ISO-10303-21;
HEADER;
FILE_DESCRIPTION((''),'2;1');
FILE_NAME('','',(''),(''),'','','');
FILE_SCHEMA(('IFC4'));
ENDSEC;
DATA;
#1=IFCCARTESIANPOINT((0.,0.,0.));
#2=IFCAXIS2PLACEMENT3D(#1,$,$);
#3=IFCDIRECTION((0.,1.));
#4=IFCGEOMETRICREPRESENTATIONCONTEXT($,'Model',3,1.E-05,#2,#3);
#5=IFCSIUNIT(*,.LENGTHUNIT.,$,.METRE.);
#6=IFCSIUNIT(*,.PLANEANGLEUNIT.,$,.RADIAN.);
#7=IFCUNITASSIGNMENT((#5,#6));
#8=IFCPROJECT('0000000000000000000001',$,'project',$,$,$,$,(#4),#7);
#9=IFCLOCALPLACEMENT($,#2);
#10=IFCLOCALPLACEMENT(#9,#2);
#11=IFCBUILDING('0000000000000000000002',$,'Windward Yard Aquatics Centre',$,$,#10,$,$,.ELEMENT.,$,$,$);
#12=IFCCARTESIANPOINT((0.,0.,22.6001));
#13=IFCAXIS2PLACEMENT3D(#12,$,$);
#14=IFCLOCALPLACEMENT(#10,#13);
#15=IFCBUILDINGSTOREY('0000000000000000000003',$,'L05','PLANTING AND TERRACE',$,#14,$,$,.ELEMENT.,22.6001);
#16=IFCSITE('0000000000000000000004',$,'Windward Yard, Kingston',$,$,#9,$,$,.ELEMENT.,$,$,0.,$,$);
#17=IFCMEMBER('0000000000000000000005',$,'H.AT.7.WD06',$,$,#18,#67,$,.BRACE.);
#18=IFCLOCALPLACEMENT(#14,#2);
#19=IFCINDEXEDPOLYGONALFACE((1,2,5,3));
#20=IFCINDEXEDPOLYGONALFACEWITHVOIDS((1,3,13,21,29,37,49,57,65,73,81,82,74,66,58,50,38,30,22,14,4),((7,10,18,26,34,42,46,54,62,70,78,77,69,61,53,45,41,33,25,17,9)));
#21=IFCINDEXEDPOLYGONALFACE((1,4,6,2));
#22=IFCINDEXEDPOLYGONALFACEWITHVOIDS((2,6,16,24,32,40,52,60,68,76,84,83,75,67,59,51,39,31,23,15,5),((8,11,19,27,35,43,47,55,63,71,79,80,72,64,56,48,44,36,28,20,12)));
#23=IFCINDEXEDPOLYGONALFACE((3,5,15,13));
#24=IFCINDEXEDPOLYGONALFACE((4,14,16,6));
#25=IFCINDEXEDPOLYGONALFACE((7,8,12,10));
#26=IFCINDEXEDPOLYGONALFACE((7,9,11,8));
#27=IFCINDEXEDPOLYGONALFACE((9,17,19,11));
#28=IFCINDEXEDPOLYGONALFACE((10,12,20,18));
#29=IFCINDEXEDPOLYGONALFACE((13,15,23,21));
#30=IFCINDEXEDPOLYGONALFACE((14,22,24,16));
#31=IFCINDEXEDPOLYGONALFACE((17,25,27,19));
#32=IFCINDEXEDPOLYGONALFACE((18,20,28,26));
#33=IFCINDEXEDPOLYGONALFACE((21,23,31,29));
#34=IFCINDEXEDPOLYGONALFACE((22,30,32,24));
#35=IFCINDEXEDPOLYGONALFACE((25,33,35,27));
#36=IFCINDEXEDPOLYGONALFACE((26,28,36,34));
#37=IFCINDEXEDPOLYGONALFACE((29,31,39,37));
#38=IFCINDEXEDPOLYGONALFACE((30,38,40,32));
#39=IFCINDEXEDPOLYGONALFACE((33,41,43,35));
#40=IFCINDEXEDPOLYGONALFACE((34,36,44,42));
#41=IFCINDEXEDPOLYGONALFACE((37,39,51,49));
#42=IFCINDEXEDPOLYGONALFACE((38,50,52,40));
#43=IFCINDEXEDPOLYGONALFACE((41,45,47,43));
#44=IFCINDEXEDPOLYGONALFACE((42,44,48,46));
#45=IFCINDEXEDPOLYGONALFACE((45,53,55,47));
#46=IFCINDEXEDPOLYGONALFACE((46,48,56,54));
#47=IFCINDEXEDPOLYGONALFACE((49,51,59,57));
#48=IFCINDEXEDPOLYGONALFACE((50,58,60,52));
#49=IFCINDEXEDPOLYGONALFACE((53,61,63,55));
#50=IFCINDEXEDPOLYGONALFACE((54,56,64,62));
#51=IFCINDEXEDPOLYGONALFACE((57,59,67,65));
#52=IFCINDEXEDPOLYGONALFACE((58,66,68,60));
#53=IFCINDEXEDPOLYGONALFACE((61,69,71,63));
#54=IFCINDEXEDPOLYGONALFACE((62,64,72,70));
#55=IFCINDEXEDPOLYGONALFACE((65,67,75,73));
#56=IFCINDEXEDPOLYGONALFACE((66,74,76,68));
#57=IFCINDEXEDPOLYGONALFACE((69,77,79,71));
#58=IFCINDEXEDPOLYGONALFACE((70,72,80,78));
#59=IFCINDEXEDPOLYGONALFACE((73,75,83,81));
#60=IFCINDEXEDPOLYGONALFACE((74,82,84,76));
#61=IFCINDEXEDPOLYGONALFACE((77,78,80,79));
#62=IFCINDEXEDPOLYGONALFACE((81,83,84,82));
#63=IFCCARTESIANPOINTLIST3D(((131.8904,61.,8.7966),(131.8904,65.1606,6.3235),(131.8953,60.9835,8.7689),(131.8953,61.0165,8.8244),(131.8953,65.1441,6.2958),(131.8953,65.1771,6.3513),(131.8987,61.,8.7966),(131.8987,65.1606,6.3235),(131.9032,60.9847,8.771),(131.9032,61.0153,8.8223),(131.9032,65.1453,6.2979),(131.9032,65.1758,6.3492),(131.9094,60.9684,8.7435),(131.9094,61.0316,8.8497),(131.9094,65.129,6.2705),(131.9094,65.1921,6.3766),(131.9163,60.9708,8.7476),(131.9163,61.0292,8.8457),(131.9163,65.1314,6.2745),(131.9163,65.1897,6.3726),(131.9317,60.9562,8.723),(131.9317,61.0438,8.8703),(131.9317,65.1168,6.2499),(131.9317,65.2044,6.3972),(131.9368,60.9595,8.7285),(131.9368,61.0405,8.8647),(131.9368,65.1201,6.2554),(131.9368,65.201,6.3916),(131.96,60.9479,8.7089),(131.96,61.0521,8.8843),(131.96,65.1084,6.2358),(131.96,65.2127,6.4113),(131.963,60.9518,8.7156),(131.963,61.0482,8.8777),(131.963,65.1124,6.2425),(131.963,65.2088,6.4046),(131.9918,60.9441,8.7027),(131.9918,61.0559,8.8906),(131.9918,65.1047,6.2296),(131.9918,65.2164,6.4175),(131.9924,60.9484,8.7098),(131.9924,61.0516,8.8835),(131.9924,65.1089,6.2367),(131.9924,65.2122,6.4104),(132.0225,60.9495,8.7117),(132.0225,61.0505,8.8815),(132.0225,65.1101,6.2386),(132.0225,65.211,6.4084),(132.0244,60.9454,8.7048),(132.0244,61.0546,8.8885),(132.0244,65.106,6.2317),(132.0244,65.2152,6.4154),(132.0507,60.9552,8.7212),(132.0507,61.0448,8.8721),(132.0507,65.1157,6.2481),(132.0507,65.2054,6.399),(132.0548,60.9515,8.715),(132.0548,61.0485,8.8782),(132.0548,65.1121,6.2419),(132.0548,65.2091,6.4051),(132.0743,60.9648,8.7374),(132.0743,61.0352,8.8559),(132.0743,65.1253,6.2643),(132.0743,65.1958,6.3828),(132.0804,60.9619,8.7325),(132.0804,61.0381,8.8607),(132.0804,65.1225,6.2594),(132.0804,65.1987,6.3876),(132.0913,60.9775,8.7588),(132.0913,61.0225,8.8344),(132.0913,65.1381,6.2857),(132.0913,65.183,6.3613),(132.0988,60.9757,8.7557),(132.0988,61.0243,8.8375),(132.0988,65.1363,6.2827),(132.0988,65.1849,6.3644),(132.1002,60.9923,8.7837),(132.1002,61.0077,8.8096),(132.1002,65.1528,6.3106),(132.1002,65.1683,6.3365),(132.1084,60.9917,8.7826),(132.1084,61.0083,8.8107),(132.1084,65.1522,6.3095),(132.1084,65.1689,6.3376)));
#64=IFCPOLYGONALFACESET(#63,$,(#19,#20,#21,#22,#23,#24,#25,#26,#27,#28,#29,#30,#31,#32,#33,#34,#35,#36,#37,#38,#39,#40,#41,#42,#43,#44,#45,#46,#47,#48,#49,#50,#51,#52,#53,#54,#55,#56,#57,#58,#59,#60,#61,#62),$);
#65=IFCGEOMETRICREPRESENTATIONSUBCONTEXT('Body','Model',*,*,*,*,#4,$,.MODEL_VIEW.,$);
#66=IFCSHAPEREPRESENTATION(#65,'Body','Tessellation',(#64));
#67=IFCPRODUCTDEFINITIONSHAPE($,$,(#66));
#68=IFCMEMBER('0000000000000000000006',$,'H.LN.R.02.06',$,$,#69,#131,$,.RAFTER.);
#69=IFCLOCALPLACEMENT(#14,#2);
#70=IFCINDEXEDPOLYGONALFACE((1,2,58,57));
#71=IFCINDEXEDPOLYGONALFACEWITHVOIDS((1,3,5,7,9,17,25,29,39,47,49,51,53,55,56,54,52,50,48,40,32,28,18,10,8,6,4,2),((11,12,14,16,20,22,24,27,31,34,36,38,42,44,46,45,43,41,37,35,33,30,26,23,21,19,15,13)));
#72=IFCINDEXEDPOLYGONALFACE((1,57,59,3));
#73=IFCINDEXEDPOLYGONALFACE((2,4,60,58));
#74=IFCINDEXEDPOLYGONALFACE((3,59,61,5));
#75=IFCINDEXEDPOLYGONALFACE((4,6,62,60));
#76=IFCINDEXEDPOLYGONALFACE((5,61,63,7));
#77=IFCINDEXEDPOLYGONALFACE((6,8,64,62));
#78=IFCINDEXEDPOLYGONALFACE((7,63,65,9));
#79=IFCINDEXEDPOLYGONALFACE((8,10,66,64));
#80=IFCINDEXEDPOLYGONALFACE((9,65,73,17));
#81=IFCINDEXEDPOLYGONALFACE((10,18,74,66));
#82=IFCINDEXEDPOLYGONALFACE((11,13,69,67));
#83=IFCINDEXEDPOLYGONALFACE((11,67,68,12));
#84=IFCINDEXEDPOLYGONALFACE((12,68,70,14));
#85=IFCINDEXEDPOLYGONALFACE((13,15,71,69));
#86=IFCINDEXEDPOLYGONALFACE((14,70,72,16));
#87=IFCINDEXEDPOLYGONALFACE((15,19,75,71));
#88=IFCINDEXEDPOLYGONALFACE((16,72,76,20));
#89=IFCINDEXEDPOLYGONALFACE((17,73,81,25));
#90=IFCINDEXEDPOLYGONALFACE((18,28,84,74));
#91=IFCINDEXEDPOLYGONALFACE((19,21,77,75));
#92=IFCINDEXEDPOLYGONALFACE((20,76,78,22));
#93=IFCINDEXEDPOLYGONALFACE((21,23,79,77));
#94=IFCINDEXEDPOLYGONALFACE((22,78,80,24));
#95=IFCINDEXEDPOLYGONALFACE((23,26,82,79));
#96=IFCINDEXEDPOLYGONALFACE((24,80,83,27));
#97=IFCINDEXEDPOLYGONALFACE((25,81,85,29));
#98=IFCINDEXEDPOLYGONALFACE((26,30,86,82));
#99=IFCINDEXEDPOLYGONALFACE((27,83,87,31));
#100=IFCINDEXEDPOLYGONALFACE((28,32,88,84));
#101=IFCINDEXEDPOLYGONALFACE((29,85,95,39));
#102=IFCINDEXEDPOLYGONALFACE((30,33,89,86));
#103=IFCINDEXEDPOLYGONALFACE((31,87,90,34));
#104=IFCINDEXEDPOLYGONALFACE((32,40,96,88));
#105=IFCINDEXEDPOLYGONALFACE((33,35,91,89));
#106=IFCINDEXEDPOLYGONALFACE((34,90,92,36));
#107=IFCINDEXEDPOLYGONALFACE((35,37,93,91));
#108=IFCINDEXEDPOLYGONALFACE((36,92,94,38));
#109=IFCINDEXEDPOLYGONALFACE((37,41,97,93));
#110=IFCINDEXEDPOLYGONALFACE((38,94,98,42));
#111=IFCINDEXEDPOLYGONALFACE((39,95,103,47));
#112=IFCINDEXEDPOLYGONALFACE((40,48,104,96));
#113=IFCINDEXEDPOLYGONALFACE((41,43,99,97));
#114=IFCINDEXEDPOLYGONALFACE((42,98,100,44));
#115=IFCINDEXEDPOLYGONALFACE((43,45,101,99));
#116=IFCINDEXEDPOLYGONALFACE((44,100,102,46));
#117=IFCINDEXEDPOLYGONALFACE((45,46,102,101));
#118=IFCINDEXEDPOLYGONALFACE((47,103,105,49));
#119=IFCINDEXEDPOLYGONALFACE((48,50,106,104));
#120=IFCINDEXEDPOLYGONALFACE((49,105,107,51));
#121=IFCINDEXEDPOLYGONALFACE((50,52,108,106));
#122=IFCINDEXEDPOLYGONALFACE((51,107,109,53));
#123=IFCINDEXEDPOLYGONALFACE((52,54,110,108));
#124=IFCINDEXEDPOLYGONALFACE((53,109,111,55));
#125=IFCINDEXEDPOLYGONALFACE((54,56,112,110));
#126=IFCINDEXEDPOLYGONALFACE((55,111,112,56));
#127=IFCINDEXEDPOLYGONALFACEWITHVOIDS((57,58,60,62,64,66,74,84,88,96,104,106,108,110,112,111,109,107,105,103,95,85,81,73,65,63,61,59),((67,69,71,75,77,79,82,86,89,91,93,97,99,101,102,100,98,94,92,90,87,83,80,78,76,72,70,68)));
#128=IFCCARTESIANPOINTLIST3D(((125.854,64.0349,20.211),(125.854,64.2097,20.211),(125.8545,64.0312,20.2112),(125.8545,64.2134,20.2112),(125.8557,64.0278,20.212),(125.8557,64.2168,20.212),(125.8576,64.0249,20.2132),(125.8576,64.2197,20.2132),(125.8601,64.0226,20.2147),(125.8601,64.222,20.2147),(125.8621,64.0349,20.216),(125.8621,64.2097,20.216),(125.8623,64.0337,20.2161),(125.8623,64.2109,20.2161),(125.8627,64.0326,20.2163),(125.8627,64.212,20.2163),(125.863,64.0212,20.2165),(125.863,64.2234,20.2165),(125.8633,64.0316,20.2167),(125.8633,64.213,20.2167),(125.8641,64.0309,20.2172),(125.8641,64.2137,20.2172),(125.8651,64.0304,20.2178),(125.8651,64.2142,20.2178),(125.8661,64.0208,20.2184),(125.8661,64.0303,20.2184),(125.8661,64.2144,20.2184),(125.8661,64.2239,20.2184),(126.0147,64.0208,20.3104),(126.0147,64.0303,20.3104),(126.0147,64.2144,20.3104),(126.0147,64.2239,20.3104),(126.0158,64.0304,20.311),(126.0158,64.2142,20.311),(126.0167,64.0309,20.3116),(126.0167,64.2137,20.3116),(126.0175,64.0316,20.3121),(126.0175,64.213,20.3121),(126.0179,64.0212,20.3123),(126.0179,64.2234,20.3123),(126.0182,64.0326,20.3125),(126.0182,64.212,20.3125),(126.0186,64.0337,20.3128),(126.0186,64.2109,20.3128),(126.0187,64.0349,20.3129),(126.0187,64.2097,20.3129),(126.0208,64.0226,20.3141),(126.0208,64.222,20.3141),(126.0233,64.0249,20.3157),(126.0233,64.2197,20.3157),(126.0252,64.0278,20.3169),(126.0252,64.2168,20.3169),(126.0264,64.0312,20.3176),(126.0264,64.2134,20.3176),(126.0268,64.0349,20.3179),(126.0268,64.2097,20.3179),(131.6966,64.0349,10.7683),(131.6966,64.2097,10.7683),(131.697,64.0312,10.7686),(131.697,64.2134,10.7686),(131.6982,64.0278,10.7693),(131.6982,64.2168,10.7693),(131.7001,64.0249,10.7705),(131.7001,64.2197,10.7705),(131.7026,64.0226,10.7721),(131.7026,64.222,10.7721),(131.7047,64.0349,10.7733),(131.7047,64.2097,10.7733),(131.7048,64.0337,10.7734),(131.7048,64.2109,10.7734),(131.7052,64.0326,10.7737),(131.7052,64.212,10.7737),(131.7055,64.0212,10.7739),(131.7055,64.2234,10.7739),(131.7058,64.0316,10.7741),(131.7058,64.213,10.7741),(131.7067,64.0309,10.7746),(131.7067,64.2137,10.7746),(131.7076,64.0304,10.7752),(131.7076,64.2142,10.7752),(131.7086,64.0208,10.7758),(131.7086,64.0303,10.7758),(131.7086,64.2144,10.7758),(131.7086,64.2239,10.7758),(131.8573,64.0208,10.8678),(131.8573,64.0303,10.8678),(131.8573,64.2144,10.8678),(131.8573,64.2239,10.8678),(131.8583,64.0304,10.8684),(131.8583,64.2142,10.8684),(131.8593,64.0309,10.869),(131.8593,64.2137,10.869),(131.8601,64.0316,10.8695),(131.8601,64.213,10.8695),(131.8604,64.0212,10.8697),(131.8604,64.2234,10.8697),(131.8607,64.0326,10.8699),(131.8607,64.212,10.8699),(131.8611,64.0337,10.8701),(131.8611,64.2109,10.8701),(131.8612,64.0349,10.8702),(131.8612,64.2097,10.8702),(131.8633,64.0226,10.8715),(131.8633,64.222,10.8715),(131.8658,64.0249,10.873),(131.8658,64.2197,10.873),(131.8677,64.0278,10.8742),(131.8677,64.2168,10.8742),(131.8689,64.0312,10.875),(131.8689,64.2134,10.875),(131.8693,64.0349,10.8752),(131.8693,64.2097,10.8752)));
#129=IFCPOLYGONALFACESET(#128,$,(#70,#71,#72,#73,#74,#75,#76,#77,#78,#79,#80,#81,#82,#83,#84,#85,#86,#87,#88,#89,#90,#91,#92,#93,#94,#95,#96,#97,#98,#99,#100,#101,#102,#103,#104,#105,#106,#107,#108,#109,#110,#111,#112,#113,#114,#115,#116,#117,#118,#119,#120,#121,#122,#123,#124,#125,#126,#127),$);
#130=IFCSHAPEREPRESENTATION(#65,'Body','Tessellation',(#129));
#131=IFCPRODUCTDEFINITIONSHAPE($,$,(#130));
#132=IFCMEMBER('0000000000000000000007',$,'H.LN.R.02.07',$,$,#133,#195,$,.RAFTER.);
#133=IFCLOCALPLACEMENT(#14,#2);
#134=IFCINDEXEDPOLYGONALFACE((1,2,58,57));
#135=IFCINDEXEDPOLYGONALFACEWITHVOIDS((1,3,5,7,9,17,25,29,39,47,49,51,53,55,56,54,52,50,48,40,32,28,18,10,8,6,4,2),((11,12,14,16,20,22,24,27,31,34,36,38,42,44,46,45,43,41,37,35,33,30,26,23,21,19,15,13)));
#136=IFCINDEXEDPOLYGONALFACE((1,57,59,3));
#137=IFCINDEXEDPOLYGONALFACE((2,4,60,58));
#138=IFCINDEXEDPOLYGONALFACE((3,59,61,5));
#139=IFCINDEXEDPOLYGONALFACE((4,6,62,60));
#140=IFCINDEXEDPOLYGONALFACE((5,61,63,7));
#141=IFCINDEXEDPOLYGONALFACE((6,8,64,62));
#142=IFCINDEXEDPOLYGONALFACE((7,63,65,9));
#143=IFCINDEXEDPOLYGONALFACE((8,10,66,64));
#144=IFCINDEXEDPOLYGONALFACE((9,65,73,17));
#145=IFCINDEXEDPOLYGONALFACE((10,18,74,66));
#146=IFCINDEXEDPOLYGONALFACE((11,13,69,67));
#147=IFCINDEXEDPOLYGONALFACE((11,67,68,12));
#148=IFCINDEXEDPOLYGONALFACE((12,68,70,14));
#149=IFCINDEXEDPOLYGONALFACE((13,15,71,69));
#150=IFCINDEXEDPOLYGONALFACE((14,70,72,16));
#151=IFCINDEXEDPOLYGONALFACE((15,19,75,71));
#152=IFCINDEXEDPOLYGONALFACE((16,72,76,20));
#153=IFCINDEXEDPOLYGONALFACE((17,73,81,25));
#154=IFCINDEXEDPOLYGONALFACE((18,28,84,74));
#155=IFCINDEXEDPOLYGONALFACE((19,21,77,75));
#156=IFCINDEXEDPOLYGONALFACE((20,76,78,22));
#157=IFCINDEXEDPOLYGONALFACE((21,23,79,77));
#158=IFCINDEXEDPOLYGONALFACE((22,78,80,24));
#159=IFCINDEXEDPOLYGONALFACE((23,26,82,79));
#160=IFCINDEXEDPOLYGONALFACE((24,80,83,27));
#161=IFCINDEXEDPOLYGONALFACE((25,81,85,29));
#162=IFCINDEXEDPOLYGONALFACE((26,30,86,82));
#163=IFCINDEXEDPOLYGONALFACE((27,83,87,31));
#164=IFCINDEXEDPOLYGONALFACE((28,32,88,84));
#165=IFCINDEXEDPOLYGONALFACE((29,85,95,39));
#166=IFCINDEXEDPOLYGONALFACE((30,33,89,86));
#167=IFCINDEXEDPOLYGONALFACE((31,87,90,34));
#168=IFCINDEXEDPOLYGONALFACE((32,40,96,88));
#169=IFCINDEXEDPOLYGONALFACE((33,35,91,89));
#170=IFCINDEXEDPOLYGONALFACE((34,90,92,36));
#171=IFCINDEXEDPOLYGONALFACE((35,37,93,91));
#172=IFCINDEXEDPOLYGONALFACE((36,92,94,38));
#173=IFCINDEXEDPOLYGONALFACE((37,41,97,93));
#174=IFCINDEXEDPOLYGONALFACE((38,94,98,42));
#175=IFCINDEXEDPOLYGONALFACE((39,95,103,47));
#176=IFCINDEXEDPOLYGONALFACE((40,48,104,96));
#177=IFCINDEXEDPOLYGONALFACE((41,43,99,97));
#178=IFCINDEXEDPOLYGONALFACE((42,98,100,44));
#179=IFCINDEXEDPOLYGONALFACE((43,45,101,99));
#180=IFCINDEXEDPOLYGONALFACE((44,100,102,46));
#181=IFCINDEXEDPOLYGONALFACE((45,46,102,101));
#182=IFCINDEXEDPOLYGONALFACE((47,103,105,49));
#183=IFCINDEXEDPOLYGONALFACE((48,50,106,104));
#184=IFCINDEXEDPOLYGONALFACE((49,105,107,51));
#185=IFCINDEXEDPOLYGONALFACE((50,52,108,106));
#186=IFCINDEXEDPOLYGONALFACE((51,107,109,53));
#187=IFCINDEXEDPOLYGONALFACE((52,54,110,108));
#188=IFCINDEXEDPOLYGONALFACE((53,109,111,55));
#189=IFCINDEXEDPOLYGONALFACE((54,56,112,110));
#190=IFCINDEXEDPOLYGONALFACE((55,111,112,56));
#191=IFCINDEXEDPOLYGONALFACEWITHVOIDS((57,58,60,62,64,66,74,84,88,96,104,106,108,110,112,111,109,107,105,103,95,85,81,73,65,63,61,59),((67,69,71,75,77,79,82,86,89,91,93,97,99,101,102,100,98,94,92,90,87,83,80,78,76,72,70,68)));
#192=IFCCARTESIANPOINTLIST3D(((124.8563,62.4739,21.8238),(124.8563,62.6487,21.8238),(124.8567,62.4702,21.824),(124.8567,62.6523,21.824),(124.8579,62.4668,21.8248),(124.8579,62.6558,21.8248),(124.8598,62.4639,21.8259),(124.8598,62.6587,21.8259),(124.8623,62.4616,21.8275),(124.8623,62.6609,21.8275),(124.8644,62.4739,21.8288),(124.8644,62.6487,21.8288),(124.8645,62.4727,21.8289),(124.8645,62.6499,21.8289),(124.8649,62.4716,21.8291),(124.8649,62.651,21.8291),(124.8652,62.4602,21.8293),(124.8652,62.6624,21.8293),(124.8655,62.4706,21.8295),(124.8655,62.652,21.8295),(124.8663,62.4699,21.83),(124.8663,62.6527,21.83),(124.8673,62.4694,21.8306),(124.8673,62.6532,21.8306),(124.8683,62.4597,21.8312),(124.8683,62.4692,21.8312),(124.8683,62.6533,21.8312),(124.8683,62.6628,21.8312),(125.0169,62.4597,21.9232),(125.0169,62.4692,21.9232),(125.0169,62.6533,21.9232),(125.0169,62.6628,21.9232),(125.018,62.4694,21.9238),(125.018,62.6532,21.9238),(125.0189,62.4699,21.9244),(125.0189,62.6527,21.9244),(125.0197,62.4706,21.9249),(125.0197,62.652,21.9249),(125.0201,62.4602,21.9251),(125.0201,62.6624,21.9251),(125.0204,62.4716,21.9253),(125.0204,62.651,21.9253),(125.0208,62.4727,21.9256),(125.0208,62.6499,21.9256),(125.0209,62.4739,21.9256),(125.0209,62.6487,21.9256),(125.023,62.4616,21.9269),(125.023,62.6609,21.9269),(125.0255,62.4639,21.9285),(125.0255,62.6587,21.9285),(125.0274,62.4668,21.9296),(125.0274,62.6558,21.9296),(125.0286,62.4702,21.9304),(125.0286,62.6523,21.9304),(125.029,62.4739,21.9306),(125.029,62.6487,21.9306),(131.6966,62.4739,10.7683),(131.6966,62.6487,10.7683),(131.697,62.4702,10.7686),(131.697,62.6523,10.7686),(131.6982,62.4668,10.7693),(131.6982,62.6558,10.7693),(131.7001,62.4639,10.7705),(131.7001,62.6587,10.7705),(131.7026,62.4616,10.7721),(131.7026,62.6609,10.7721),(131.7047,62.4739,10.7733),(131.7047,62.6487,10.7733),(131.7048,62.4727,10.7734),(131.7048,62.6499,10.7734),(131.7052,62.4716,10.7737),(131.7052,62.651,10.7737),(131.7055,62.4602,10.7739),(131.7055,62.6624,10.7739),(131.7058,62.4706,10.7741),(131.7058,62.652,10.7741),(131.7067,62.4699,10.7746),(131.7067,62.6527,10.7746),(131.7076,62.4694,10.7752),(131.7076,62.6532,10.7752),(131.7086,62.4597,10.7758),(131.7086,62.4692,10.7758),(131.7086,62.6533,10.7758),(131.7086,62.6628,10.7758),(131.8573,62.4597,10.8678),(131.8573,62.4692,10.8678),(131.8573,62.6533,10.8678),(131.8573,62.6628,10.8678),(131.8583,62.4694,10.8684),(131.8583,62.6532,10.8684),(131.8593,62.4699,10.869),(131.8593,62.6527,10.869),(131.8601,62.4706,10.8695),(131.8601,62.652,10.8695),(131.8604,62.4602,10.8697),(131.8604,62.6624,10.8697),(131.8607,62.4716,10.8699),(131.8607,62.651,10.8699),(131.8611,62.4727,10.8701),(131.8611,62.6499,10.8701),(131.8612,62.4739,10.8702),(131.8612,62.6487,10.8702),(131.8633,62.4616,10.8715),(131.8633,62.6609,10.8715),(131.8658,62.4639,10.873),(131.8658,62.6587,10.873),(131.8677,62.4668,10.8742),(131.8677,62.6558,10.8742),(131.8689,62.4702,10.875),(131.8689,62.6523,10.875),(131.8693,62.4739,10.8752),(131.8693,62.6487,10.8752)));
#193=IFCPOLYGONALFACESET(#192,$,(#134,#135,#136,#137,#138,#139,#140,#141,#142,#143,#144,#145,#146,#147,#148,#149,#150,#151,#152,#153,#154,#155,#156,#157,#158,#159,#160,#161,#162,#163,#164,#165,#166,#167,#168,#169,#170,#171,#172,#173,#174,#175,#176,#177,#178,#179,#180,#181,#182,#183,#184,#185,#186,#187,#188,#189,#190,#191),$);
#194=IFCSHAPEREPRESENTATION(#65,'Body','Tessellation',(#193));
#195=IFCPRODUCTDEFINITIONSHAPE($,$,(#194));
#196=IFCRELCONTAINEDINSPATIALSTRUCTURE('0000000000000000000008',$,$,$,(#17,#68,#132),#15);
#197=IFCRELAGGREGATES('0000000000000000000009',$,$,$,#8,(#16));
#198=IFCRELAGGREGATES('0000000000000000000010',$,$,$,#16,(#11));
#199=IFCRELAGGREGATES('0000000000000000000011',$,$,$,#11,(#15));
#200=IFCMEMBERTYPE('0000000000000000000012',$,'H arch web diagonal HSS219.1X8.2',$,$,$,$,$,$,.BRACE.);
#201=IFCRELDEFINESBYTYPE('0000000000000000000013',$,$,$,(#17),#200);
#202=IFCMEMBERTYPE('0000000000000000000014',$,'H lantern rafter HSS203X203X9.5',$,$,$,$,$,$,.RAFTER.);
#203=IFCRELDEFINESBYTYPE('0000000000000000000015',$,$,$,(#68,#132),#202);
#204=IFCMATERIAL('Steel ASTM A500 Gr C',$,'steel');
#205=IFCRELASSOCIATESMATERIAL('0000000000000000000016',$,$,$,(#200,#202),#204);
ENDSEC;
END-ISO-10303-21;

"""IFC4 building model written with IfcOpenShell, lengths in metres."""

from ifc_helpers import new_model, si_unit, direction, frame, origin, origin_2d, place, context, subcontext, project, spatial, hollow_rectangle, hollow_circle, extrude, material, material_profile, profile_set, type_object, element, save


model = new_model("IFC4")

# Units and contexts
model_context = context("Model", 3, precision=1e-05, world=origin(), true_north=direction((0.0, 1.0)))
body_context = subcontext(model_context, "Body", "Model", "MODEL_VIEW")
ifc_project = project(units=[si_unit("LENGTHUNIT", "METRE"), si_unit("PLANEANGLEUNIT", "RADIAN")], contexts=[model_context])

# Site, building, storey
site_placement = place(None, origin())
site = spatial("IfcSite", under=ifc_project, at=site_placement, Name="Windward Yard, Kingston", CompositionType="ELEMENT", RefElevation=0.0)
building_placement = place(site_placement, origin())
building = spatial("IfcBuilding", under=site, at=building_placement, Name="Windward Yard Aquatics Centre", CompositionType="ELEMENT")
storey_placement = place(building_placement, frame((0.0, 0.0, 22.6001)))
storey = spatial("IfcBuildingStorey", under=building, at=storey_placement, Name="L05", Description="PLANTING AND TERRACE", CompositionType="ELEMENT", Elevation=22.6001)

# Members
ifc_material_1 = material(Name="Steel ASTM A500 Gr C", Category="steel")
ifc_material_profile_1 = material_profile(ifc_material_1, hollow_circle(Radius=0.1096, WallThickness=0.0083, at=origin_2d()), Name="HSS219.1X8.2")
ifc_profile_set_1 = profile_set([ifc_material_profile_1], Name="Steel ASTM A500 Gr C")
member_type_1 = type_object("IfcMemberType", Name="H arch web diagonal HSS219.1X8.2", PredefinedType="BRACE", material=ifc_profile_set_1)
member_1_placement = place(storey_placement, frame((132.0, 61.0, 8.7966), z_axis=(0.0, 0.859604, -0.510961), x_axis=(-1.0, 0.0, 0.0)))
element("IfcMember", 1, at=member_1_placement, inside=storey, type_object=member_type_1, Name="H.AT.7.WD06", PredefinedType="BRACE", context=body_context, shape_type="SweptSolid", body=[
    extrude(hollow_circle(Radius=0.1096, WallThickness=0.0083, at=origin_2d()), origin(), (0.0, 0.0, 1.0), 4.8401),
])
ifc_material_profile_2 = material_profile(ifc_material_1, hollow_rectangle(XDim=0.2031, YDim=0.2031, WallThickness=0.0095, InnerFilletRadius=0.0046, OuterFilletRadius=0.0142, at=origin_2d()), Name="HSS203X203X9.5")
ifc_profile_set_2 = profile_set([ifc_material_profile_2], Name="Steel ASTM A500 Gr C")
member_type_2 = type_object("IfcMemberType", Name="H lantern rafter HSS203X203X9.5", PredefinedType="RAFTER", material=ifc_profile_set_2)
member_2_placement = place(storey_placement, frame((131.783, 64.1223, 10.8218), z_axis=(-0.526165, 0.0, 0.850382), x_axis=(0.0, -1.0, 0.0)))
element("IfcMember", 2, at=member_2_placement, inside=storey, type_object=member_type_2, Name="H.LN.R.02.06", PredefinedType="RAFTER", context=body_context, shape_type="SweptSolid", body=[
    extrude(hollow_rectangle(XDim=0.2031, YDim=0.2031, WallThickness=0.0095, InnerFilletRadius=0.0046, OuterFilletRadius=0.0142, at=origin_2d()), origin(), (0.0, 0.0, 1.0), 11.104),
])
member_3_placement = place(storey_placement, frame((131.783, 62.5613, 10.8218), z_axis=(-0.52616, 0.0, 0.850386), x_axis=(0.0, -1.0, 0.0)))
element("IfcMember", 3, at=member_3_placement, inside=storey, type_object=member_type_2, Name="H.LN.R.02.07", PredefinedType="RAFTER", context=body_context, shape_type="SweptSolid", body=[
    extrude(hollow_rectangle(XDim=0.2031, YDim=0.2031, WallThickness=0.0095, InnerFilletRadius=0.0046, OuterFilletRadius=0.0142, at=origin_2d()), origin(), (0.0, 0.0, 1.0), 13.0005),
])

save(model, "model.ifc")
